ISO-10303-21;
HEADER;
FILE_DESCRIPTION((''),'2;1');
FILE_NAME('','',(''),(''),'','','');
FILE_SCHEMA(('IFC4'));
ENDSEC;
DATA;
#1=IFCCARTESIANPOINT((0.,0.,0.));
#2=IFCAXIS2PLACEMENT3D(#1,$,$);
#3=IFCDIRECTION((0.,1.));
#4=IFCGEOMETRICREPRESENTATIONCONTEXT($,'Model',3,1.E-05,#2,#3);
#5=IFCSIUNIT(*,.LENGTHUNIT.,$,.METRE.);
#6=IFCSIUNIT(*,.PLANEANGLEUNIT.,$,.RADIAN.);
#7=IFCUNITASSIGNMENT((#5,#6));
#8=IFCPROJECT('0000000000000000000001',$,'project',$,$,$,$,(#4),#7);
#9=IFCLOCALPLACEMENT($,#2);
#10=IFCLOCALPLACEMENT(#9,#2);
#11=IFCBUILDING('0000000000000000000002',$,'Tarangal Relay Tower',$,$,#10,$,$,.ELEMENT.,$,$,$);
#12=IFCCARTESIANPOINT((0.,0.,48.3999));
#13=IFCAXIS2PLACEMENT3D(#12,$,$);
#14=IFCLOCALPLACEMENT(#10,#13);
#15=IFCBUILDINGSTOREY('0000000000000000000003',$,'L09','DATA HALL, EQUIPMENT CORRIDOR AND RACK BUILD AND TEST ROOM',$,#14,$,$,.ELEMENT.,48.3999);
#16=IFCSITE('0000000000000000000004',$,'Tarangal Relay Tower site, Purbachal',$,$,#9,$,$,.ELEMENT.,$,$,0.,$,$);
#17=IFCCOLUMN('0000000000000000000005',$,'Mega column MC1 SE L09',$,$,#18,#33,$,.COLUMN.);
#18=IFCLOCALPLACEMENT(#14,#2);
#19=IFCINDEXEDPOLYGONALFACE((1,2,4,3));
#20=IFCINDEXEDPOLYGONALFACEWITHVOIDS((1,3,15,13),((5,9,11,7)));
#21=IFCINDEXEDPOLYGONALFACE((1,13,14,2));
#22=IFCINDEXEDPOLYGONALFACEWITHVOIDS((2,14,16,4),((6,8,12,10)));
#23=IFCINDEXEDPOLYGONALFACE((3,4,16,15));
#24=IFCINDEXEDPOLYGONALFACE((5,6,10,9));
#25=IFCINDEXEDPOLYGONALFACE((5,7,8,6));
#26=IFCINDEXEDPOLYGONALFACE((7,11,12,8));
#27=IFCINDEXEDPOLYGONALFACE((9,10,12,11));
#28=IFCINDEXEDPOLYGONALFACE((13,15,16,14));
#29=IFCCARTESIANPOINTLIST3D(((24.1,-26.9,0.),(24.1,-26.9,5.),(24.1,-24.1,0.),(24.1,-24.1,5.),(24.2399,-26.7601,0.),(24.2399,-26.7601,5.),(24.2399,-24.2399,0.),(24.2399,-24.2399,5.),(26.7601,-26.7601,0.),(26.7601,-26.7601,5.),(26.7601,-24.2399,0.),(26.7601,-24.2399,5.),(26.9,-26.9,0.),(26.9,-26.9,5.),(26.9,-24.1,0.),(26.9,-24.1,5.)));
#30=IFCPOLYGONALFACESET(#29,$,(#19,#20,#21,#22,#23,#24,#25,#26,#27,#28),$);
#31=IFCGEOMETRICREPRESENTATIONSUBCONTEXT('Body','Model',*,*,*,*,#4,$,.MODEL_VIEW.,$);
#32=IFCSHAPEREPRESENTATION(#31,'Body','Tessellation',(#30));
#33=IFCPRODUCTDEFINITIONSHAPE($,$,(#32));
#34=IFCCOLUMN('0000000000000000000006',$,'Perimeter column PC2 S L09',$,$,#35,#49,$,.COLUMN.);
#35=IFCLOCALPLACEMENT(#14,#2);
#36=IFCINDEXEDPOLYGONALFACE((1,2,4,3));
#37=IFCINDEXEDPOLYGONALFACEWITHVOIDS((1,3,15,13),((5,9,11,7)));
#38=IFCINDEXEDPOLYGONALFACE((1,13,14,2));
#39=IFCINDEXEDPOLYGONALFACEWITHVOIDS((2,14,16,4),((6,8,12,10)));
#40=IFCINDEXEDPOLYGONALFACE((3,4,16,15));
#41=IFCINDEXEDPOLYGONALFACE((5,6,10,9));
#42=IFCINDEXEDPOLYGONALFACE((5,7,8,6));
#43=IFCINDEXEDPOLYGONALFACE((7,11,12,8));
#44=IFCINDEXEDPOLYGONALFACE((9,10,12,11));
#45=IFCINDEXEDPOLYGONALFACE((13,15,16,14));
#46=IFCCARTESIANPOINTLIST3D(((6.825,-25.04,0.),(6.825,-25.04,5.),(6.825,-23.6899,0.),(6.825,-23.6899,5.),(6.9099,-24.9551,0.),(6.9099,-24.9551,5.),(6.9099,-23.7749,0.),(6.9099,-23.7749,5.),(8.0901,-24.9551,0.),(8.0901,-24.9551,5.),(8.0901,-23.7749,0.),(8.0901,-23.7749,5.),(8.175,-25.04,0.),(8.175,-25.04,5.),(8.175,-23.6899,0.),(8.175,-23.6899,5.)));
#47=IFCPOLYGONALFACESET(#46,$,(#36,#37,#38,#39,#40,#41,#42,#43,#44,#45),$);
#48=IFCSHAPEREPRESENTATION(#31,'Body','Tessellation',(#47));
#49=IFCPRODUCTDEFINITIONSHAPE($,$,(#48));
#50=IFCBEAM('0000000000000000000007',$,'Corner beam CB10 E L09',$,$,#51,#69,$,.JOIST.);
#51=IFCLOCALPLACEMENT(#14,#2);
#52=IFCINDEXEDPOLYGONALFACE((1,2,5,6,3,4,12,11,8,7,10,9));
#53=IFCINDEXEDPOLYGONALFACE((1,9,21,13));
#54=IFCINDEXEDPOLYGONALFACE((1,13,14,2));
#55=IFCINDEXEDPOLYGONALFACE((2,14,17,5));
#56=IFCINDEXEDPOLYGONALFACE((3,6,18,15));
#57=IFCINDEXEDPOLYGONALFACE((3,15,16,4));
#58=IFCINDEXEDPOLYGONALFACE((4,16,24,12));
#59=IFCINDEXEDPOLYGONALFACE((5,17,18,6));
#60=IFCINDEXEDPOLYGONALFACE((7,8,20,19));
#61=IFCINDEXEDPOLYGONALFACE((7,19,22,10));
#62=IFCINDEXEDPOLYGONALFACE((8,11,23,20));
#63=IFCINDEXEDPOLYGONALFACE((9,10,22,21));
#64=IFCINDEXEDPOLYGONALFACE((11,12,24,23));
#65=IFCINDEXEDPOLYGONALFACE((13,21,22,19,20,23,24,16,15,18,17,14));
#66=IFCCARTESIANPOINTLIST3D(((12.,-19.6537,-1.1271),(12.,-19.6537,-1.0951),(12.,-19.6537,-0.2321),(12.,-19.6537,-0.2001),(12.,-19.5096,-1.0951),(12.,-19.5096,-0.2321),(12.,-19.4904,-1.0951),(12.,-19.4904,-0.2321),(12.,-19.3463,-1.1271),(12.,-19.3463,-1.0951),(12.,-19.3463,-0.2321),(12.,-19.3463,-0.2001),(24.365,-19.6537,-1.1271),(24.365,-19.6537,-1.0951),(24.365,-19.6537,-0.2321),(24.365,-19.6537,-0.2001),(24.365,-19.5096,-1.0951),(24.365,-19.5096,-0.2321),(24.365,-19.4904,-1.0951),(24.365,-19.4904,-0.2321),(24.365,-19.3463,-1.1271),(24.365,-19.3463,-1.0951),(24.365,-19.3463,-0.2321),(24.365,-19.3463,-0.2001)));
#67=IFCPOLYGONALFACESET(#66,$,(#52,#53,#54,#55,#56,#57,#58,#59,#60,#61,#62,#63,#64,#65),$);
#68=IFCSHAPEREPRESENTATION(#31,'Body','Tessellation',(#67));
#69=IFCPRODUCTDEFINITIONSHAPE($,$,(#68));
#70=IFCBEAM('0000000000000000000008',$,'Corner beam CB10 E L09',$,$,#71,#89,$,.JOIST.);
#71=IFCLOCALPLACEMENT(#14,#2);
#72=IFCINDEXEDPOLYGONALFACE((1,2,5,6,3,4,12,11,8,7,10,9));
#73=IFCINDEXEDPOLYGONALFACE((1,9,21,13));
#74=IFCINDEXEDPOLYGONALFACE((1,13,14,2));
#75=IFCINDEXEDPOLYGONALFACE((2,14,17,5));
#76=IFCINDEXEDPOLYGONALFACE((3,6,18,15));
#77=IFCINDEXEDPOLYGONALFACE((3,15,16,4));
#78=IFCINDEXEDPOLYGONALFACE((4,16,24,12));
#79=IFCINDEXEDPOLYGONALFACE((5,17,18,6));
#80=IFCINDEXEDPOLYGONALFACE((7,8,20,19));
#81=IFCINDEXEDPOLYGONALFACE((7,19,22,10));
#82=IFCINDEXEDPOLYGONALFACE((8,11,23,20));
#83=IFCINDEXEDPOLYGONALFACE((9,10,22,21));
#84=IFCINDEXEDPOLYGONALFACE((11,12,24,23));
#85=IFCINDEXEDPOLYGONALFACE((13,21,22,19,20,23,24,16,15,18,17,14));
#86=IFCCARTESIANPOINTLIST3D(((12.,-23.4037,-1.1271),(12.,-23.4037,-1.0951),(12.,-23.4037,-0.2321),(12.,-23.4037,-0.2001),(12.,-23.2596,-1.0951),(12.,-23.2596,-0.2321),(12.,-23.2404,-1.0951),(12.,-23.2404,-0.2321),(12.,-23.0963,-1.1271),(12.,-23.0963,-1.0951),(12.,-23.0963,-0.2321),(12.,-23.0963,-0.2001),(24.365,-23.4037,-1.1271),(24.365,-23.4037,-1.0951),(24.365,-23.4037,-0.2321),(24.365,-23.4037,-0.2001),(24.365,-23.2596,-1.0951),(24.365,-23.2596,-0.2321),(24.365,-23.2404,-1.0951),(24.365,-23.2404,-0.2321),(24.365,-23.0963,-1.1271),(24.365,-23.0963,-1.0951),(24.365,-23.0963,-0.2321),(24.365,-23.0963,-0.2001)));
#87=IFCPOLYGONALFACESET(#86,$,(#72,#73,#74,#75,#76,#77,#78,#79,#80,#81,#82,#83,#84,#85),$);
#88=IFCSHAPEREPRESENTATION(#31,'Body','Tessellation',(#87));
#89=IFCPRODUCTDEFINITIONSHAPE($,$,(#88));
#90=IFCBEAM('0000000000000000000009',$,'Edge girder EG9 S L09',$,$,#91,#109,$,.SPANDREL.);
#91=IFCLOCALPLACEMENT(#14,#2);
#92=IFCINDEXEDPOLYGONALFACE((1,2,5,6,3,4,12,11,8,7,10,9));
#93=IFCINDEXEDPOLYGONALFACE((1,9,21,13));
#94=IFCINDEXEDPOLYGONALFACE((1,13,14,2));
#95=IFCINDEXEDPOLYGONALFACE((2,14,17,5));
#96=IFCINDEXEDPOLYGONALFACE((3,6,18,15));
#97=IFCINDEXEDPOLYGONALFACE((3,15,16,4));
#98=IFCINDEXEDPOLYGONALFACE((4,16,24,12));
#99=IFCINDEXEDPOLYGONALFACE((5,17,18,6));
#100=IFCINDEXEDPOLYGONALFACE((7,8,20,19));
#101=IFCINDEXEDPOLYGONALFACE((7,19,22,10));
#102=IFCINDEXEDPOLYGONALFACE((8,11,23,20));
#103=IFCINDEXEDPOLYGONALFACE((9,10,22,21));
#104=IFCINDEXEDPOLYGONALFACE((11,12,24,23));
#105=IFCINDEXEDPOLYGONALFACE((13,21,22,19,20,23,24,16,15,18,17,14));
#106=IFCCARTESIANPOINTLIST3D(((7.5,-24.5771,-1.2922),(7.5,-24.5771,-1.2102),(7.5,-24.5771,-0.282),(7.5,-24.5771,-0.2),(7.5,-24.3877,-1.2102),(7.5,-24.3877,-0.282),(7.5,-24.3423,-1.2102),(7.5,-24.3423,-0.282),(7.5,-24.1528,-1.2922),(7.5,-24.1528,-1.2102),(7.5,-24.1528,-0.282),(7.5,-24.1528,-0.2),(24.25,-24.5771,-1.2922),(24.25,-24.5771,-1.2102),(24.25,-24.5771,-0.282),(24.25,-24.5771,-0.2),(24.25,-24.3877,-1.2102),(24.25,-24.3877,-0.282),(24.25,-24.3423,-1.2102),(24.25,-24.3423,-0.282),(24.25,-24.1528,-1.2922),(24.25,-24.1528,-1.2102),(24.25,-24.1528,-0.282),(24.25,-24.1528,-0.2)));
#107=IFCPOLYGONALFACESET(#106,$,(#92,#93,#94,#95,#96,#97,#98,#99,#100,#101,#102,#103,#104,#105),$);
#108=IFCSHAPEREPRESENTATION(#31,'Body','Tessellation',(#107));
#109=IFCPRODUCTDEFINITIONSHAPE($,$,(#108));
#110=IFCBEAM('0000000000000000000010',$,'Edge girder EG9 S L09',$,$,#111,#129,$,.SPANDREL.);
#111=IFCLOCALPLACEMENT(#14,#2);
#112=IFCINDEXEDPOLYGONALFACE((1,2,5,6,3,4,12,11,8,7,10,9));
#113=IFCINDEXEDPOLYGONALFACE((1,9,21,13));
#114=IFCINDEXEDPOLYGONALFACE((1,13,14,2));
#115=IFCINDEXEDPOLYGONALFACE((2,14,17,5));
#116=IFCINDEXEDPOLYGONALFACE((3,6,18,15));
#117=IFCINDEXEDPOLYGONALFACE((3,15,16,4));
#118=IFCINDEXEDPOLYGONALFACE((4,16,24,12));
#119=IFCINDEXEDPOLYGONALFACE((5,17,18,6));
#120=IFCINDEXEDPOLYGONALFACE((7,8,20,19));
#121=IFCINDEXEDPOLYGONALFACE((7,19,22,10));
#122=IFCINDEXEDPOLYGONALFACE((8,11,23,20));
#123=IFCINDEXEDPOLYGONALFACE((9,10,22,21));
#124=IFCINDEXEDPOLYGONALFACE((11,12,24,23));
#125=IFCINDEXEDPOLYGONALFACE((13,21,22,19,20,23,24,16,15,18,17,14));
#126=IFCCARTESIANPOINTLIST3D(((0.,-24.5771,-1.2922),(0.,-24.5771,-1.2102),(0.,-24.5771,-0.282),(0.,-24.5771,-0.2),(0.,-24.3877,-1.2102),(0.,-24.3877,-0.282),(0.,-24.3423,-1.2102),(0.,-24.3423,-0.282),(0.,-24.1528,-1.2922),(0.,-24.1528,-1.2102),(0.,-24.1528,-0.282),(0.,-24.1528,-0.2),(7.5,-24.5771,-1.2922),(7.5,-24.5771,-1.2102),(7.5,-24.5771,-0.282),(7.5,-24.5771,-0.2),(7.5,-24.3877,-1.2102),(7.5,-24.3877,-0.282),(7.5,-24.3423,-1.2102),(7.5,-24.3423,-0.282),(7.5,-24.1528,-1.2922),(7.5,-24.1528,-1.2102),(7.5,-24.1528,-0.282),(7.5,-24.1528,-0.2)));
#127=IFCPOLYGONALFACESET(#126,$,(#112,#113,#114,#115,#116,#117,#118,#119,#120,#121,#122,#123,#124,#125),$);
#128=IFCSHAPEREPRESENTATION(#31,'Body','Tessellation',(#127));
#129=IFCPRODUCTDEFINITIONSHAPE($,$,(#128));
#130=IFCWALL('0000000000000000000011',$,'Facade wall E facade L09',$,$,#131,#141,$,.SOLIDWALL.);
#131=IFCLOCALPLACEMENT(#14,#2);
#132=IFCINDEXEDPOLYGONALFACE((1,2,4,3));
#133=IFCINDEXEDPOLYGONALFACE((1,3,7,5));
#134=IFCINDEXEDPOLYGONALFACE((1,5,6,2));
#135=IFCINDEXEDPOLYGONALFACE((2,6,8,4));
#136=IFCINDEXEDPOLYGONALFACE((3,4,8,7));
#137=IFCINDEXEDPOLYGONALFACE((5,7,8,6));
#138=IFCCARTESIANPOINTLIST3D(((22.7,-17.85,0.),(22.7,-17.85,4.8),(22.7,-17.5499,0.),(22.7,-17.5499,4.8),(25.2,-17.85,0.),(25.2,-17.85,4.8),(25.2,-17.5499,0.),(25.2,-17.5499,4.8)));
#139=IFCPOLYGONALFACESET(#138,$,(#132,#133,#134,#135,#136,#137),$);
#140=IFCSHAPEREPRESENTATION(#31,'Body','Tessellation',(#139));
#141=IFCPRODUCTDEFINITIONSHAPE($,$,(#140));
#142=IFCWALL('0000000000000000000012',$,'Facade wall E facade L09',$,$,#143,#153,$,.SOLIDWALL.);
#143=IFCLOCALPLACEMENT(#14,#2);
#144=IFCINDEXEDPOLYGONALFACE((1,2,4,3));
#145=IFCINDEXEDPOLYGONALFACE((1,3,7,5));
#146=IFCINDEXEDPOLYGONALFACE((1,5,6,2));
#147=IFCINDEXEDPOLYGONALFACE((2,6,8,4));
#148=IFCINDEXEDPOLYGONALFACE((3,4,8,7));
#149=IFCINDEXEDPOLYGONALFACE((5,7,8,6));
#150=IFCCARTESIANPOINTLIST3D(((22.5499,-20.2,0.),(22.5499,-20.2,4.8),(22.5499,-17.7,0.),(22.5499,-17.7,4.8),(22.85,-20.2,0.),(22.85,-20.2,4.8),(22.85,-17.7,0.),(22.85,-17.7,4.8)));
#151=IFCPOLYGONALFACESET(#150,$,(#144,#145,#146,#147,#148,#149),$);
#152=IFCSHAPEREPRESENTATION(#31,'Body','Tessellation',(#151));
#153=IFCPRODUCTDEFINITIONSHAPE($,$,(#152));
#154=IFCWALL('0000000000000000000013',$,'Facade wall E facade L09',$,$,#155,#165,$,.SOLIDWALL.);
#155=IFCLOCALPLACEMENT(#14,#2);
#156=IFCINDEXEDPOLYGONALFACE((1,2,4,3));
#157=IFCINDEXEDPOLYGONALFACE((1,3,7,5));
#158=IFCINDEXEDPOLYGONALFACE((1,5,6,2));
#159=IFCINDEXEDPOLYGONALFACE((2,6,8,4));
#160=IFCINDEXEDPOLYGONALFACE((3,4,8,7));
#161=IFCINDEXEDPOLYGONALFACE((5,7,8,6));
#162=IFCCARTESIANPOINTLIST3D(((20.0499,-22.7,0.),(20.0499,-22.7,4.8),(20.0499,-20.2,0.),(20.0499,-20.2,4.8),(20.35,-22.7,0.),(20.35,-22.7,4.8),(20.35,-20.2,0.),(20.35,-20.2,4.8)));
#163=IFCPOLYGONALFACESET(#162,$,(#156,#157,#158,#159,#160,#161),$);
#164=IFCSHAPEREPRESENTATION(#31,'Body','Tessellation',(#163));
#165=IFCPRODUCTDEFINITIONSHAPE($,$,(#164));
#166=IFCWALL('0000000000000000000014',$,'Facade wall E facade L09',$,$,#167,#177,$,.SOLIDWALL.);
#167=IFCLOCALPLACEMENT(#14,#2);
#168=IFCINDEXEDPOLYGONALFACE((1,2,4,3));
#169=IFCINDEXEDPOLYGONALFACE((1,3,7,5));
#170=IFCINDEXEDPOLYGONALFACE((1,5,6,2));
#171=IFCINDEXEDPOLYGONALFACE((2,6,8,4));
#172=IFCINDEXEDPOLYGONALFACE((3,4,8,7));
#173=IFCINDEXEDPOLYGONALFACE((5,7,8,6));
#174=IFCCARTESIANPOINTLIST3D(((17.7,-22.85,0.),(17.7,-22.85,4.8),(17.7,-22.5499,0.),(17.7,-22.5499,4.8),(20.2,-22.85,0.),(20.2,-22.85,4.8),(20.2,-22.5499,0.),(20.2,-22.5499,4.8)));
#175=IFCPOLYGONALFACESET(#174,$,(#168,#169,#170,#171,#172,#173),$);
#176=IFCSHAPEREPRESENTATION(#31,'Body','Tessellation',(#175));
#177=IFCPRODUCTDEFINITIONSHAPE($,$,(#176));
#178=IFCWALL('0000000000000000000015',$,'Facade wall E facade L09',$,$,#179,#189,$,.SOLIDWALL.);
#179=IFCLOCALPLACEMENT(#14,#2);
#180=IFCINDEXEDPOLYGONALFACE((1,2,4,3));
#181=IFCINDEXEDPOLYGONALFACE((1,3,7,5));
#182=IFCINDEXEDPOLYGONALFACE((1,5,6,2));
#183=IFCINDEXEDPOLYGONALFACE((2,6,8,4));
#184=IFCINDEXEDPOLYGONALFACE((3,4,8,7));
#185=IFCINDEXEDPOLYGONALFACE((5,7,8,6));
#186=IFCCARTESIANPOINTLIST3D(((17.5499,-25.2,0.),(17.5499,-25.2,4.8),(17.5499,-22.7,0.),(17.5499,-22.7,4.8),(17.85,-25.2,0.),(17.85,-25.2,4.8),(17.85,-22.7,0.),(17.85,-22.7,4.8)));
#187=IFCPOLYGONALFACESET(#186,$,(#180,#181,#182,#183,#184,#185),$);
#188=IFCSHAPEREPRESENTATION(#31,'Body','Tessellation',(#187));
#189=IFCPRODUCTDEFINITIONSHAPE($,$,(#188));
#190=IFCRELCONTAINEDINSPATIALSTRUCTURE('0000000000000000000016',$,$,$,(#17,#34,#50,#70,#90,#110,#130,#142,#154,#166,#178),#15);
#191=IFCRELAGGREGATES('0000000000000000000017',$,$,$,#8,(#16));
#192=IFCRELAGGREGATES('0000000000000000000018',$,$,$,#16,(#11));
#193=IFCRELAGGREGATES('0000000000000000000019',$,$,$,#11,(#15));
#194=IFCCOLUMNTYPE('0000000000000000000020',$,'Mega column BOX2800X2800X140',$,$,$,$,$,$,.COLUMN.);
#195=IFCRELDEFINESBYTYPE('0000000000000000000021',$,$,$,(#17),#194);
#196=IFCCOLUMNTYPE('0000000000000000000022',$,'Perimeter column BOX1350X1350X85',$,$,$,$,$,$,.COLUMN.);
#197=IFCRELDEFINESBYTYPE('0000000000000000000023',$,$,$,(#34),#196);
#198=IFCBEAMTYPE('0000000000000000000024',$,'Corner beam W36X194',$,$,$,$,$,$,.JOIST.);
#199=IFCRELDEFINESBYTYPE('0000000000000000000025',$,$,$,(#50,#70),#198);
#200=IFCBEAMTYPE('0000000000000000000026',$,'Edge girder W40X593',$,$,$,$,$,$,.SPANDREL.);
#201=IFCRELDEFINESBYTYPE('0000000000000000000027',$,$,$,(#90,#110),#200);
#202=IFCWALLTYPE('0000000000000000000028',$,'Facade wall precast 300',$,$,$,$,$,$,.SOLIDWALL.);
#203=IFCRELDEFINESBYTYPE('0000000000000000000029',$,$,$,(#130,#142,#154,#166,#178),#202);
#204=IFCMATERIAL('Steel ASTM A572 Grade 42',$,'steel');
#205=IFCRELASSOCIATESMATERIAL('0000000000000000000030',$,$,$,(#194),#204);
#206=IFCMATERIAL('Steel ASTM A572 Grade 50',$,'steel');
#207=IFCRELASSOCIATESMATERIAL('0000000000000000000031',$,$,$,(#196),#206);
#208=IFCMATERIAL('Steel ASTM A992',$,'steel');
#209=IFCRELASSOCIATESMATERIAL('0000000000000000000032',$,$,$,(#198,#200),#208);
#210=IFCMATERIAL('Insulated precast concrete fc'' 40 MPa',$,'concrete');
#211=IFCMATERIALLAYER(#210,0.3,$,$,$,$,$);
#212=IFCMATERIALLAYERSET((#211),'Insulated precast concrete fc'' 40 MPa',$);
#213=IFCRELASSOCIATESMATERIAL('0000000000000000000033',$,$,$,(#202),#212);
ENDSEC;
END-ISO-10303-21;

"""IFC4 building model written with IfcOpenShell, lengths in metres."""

from ifc_helpers import new_model, si_unit, direction, frame, frame_2d, origin, origin_2d, place, context, subcontext, project, spatial, rectangle, hollow_rectangle, i_section, extrude, material, layer, layer_set, material_profile, profile_set, type_object, element, save


model = new_model("IFC4")

# Units and contexts
model_context = context("Model", 3, precision=1e-05, world=origin(), true_north=direction((0.0, 1.0)))
body_context = subcontext(model_context, "Body", "Model", "MODEL_VIEW")
ifc_project = project(units=[si_unit("LENGTHUNIT", "METRE"), si_unit("PLANEANGLEUNIT", "RADIAN")], contexts=[model_context])

# Site, building, storey
site_placement = place(None, origin())
site = spatial("IfcSite", under=ifc_project, at=site_placement, Name="Tarangal Relay Tower site, Purbachal", CompositionType="ELEMENT", RefElevation=0.0)
building_placement = place(site_placement, origin())
building = spatial("IfcBuilding", under=site, at=building_placement, Name="Tarangal Relay Tower", CompositionType="ELEMENT")
storey_placement = place(building_placement, frame((0.0, 0.0, 48.3999)))
storey = spatial("IfcBuildingStorey", under=building, at=storey_placement, Name="L09", Description="DATA HALL, EQUIPMENT CORRIDOR AND RACK BUILD AND TEST ROOM", CompositionType="ELEMENT", Elevation=48.3999)

# Columns
ifc_material_1 = material(Name="Steel ASTM A572 Grade 42", Category="steel")
ifc_material_profile_1 = material_profile(ifc_material_1, hollow_rectangle(XDim=2.8, YDim=2.8, WallThickness=0.1399, at=origin_2d()), Name="BOX2800X2800X140")
ifc_profile_set_1 = profile_set([ifc_material_profile_1], Name="Steel ASTM A572 Grade 42")
column_type_1 = type_object("IfcColumnType", Name="Mega column BOX2800X2800X140", PredefinedType="COLUMN", material=ifc_profile_set_1)
column_1_placement = place(storey_placement, frame((25.5, -25.5, 0.0), z_axis=(0.0, 0.0, 1.0), x_axis=(1.0, 0.0, 0.0)))
element("IfcColumn", 1, at=column_1_placement, inside=storey, type_object=column_type_1, Name="Mega column MC1 SE L09", PredefinedType="COLUMN", context=body_context, shape_type="SweptSolid", body=[
    extrude(hollow_rectangle(XDim=2.8, YDim=2.8, WallThickness=0.1399, at=origin_2d()), origin(), (0.0, 0.0, 1.0), 5.0),
])
ifc_material_2 = material(Name="Steel ASTM A572 Grade 50", Category="steel")
ifc_material_profile_2 = material_profile(ifc_material_2, hollow_rectangle(XDim=1.3501, YDim=1.3501, WallThickness=0.085, at=origin_2d()), Name="BOX1350X1350X85")
ifc_profile_set_2 = profile_set([ifc_material_profile_2], Name="Steel ASTM A572 Grade 50")
column_type_2 = type_object("IfcColumnType", Name="Perimeter column BOX1350X1350X85", PredefinedType="COLUMN", material=ifc_profile_set_2)
column_2_placement = place(storey_placement, frame((7.5, -24.365, 0.0), z_axis=(0.0, 0.0, 1.0), x_axis=(1.0, 0.0, 0.0)))
element("IfcColumn", 2, at=column_2_placement, inside=storey, type_object=column_type_2, Name="Perimeter column PC2 S L09", PredefinedType="COLUMN", context=body_context, shape_type="SweptSolid", body=[
    extrude(hollow_rectangle(XDim=1.3501, YDim=1.3501, WallThickness=0.085, at=origin_2d()), origin(), (0.0, 0.0, 1.0), 5.0),
])

# Beams
ifc_material_3 = material(Name="Steel ASTM A992", Category="steel")
ifc_material_profile_3 = material_profile(ifc_material_3, i_section(OverallWidth=0.3074, OverallDepth=0.927, WebThickness=0.0193, FlangeThickness=0.032, at=origin_2d()), Name="W36X194")
ifc_profile_set_3 = profile_set([ifc_material_profile_3], Name="Steel ASTM A992")
beam_type_1 = type_object("IfcBeamType", Name="Corner beam W36X194", PredefinedType="JOIST", material=ifc_profile_set_3)
for number, where, z_axis, x_axis, name in (
    (3, (12.0, -19.5, -0.6636), (1.0, 0.0, 0.0), (0.0, 1.0, 0.0), "Corner beam CB10 E L09"),
    (4, (12.0, -23.25, -0.6636), (1.0, 0.0, 0.0), (0.0, 1.0, 0.0), "Corner beam CB10 E L09"),
):
    element("IfcBeam", number, at=place(storey_placement, frame(where, z_axis=z_axis, x_axis=x_axis)), inside=storey, type_object=beam_type_1, Name=name, PredefinedType="JOIST", context=body_context, shape_type="SweptSolid", body=[
        extrude(i_section(OverallWidth=0.3074, OverallDepth=0.927, WebThickness=0.0193, FlangeThickness=0.032, at=origin_2d()), origin(), (0.0, 0.0, 1.0), 12.365),
    ])
ifc_material_profile_4 = material_profile(ifc_material_3, i_section(OverallWidth=0.4243, OverallDepth=1.0923, WebThickness=0.0454, FlangeThickness=0.082, at=origin_2d()), Name="W40X593")
ifc_profile_set_4 = profile_set([ifc_material_profile_4], Name="Steel ASTM A992")
beam_type_2 = type_object("IfcBeamType", Name="Edge girder W40X593", PredefinedType="SPANDREL", material=ifc_profile_set_4)
beam_1_placement = place(storey_placement, frame((24.25, -24.365, -0.7461), z_axis=(-1.0, 0.0, 0.0), x_axis=(0.0, -1.0, 0.0)))
element("IfcBeam", 5, at=beam_1_placement, inside=storey, type_object=beam_type_2, Name="Edge girder EG9 S L09", PredefinedType="SPANDREL", context=body_context, shape_type="SweptSolid", body=[
    extrude(i_section(OverallWidth=0.4243, OverallDepth=1.0923, WebThickness=0.0454, FlangeThickness=0.082, at=origin_2d()), origin(), (0.0, 0.0, 1.0), 16.75),
])
beam_2_placement = place(storey_placement, frame((7.5, -24.365, -0.7461), z_axis=(-1.0, 0.0, 0.0), x_axis=(0.0, -1.0, 0.0)))
element("IfcBeam", 6, at=beam_2_placement, inside=storey, type_object=beam_type_2, Name="Edge girder EG9 S L09", PredefinedType="SPANDREL", context=body_context, shape_type="SweptSolid", body=[
    extrude(i_section(OverallWidth=0.4243, OverallDepth=1.0923, WebThickness=0.0454, FlangeThickness=0.082, at=origin_2d()), origin(), (0.0, 0.0, 1.0), 7.5),
])

# Walls
ifc_material_4 = material(Name="Insulated precast concrete fc' 40 MPa", Category="concrete")
ifc_layer_1 = layer(ifc_material_4, 0.3)
ifc_layer_set_1 = layer_set([ifc_layer_1], Name="Insulated precast concrete fc' 40 MPa")
wall_type_1 = type_object("IfcWallType", Name="Facade wall precast 300", PredefinedType="SOLIDWALL", material=ifc_layer_set_1)
for number, where, z_axis, x_axis, name in (
    (7, (25.2, -17.7, 0.0), (0.0, 0.0, 1.0), (-1.0, 0.0, 0.0), "Facade wall E facade L09"),
    (8, (22.7, -17.7, 0.0), (0.0, 0.0, 1.0), (0.0, -1.0, 0.0), "Facade wall E facade L09"),
):
    element("IfcWall", number, at=place(storey_placement, frame(where, z_axis=z_axis, x_axis=x_axis)), inside=storey, type_object=wall_type_1, Name=name, PredefinedType="SOLIDWALL", context=body_context, shape_type="SweptSolid", body=[
        extrude(rectangle(XDim=2.5, YDim=0.3, at=frame_2d((1.25, 0.0))), origin(), (0.0, 0.0, 1.0), 4.8),
    ])

# Walls
for number, where, z_axis, x_axis, name in (
    (9, (20.2, -20.2, 0.0), (0.0, 0.0, 1.0), (0.0, -1.0, 0.0), "Facade wall E facade L09"),
    (10, (20.2, -22.7, 0.0), (0.0, 0.0, 1.0), (-1.0, 0.0, 0.0), "Facade wall E facade L09"),
    (11, (17.7, -22.7, 0.0), (0.0, 0.0, 1.0), (0.0, -1.0, 0.0), "Facade wall E facade L09"),
):
    element("IfcWall", number, at=place(storey_placement, frame(where, z_axis=z_axis, x_axis=x_axis)), inside=storey, type_object=wall_type_1, Name=name, PredefinedType="SOLIDWALL", context=body_context, shape_type="SweptSolid", body=[
        extrude(rectangle(XDim=2.5, YDim=0.3, at=frame_2d((1.25, 0.0))), origin(), (0.0, 0.0, 1.0), 4.8),
    ])

save(model, "model.ifc")
